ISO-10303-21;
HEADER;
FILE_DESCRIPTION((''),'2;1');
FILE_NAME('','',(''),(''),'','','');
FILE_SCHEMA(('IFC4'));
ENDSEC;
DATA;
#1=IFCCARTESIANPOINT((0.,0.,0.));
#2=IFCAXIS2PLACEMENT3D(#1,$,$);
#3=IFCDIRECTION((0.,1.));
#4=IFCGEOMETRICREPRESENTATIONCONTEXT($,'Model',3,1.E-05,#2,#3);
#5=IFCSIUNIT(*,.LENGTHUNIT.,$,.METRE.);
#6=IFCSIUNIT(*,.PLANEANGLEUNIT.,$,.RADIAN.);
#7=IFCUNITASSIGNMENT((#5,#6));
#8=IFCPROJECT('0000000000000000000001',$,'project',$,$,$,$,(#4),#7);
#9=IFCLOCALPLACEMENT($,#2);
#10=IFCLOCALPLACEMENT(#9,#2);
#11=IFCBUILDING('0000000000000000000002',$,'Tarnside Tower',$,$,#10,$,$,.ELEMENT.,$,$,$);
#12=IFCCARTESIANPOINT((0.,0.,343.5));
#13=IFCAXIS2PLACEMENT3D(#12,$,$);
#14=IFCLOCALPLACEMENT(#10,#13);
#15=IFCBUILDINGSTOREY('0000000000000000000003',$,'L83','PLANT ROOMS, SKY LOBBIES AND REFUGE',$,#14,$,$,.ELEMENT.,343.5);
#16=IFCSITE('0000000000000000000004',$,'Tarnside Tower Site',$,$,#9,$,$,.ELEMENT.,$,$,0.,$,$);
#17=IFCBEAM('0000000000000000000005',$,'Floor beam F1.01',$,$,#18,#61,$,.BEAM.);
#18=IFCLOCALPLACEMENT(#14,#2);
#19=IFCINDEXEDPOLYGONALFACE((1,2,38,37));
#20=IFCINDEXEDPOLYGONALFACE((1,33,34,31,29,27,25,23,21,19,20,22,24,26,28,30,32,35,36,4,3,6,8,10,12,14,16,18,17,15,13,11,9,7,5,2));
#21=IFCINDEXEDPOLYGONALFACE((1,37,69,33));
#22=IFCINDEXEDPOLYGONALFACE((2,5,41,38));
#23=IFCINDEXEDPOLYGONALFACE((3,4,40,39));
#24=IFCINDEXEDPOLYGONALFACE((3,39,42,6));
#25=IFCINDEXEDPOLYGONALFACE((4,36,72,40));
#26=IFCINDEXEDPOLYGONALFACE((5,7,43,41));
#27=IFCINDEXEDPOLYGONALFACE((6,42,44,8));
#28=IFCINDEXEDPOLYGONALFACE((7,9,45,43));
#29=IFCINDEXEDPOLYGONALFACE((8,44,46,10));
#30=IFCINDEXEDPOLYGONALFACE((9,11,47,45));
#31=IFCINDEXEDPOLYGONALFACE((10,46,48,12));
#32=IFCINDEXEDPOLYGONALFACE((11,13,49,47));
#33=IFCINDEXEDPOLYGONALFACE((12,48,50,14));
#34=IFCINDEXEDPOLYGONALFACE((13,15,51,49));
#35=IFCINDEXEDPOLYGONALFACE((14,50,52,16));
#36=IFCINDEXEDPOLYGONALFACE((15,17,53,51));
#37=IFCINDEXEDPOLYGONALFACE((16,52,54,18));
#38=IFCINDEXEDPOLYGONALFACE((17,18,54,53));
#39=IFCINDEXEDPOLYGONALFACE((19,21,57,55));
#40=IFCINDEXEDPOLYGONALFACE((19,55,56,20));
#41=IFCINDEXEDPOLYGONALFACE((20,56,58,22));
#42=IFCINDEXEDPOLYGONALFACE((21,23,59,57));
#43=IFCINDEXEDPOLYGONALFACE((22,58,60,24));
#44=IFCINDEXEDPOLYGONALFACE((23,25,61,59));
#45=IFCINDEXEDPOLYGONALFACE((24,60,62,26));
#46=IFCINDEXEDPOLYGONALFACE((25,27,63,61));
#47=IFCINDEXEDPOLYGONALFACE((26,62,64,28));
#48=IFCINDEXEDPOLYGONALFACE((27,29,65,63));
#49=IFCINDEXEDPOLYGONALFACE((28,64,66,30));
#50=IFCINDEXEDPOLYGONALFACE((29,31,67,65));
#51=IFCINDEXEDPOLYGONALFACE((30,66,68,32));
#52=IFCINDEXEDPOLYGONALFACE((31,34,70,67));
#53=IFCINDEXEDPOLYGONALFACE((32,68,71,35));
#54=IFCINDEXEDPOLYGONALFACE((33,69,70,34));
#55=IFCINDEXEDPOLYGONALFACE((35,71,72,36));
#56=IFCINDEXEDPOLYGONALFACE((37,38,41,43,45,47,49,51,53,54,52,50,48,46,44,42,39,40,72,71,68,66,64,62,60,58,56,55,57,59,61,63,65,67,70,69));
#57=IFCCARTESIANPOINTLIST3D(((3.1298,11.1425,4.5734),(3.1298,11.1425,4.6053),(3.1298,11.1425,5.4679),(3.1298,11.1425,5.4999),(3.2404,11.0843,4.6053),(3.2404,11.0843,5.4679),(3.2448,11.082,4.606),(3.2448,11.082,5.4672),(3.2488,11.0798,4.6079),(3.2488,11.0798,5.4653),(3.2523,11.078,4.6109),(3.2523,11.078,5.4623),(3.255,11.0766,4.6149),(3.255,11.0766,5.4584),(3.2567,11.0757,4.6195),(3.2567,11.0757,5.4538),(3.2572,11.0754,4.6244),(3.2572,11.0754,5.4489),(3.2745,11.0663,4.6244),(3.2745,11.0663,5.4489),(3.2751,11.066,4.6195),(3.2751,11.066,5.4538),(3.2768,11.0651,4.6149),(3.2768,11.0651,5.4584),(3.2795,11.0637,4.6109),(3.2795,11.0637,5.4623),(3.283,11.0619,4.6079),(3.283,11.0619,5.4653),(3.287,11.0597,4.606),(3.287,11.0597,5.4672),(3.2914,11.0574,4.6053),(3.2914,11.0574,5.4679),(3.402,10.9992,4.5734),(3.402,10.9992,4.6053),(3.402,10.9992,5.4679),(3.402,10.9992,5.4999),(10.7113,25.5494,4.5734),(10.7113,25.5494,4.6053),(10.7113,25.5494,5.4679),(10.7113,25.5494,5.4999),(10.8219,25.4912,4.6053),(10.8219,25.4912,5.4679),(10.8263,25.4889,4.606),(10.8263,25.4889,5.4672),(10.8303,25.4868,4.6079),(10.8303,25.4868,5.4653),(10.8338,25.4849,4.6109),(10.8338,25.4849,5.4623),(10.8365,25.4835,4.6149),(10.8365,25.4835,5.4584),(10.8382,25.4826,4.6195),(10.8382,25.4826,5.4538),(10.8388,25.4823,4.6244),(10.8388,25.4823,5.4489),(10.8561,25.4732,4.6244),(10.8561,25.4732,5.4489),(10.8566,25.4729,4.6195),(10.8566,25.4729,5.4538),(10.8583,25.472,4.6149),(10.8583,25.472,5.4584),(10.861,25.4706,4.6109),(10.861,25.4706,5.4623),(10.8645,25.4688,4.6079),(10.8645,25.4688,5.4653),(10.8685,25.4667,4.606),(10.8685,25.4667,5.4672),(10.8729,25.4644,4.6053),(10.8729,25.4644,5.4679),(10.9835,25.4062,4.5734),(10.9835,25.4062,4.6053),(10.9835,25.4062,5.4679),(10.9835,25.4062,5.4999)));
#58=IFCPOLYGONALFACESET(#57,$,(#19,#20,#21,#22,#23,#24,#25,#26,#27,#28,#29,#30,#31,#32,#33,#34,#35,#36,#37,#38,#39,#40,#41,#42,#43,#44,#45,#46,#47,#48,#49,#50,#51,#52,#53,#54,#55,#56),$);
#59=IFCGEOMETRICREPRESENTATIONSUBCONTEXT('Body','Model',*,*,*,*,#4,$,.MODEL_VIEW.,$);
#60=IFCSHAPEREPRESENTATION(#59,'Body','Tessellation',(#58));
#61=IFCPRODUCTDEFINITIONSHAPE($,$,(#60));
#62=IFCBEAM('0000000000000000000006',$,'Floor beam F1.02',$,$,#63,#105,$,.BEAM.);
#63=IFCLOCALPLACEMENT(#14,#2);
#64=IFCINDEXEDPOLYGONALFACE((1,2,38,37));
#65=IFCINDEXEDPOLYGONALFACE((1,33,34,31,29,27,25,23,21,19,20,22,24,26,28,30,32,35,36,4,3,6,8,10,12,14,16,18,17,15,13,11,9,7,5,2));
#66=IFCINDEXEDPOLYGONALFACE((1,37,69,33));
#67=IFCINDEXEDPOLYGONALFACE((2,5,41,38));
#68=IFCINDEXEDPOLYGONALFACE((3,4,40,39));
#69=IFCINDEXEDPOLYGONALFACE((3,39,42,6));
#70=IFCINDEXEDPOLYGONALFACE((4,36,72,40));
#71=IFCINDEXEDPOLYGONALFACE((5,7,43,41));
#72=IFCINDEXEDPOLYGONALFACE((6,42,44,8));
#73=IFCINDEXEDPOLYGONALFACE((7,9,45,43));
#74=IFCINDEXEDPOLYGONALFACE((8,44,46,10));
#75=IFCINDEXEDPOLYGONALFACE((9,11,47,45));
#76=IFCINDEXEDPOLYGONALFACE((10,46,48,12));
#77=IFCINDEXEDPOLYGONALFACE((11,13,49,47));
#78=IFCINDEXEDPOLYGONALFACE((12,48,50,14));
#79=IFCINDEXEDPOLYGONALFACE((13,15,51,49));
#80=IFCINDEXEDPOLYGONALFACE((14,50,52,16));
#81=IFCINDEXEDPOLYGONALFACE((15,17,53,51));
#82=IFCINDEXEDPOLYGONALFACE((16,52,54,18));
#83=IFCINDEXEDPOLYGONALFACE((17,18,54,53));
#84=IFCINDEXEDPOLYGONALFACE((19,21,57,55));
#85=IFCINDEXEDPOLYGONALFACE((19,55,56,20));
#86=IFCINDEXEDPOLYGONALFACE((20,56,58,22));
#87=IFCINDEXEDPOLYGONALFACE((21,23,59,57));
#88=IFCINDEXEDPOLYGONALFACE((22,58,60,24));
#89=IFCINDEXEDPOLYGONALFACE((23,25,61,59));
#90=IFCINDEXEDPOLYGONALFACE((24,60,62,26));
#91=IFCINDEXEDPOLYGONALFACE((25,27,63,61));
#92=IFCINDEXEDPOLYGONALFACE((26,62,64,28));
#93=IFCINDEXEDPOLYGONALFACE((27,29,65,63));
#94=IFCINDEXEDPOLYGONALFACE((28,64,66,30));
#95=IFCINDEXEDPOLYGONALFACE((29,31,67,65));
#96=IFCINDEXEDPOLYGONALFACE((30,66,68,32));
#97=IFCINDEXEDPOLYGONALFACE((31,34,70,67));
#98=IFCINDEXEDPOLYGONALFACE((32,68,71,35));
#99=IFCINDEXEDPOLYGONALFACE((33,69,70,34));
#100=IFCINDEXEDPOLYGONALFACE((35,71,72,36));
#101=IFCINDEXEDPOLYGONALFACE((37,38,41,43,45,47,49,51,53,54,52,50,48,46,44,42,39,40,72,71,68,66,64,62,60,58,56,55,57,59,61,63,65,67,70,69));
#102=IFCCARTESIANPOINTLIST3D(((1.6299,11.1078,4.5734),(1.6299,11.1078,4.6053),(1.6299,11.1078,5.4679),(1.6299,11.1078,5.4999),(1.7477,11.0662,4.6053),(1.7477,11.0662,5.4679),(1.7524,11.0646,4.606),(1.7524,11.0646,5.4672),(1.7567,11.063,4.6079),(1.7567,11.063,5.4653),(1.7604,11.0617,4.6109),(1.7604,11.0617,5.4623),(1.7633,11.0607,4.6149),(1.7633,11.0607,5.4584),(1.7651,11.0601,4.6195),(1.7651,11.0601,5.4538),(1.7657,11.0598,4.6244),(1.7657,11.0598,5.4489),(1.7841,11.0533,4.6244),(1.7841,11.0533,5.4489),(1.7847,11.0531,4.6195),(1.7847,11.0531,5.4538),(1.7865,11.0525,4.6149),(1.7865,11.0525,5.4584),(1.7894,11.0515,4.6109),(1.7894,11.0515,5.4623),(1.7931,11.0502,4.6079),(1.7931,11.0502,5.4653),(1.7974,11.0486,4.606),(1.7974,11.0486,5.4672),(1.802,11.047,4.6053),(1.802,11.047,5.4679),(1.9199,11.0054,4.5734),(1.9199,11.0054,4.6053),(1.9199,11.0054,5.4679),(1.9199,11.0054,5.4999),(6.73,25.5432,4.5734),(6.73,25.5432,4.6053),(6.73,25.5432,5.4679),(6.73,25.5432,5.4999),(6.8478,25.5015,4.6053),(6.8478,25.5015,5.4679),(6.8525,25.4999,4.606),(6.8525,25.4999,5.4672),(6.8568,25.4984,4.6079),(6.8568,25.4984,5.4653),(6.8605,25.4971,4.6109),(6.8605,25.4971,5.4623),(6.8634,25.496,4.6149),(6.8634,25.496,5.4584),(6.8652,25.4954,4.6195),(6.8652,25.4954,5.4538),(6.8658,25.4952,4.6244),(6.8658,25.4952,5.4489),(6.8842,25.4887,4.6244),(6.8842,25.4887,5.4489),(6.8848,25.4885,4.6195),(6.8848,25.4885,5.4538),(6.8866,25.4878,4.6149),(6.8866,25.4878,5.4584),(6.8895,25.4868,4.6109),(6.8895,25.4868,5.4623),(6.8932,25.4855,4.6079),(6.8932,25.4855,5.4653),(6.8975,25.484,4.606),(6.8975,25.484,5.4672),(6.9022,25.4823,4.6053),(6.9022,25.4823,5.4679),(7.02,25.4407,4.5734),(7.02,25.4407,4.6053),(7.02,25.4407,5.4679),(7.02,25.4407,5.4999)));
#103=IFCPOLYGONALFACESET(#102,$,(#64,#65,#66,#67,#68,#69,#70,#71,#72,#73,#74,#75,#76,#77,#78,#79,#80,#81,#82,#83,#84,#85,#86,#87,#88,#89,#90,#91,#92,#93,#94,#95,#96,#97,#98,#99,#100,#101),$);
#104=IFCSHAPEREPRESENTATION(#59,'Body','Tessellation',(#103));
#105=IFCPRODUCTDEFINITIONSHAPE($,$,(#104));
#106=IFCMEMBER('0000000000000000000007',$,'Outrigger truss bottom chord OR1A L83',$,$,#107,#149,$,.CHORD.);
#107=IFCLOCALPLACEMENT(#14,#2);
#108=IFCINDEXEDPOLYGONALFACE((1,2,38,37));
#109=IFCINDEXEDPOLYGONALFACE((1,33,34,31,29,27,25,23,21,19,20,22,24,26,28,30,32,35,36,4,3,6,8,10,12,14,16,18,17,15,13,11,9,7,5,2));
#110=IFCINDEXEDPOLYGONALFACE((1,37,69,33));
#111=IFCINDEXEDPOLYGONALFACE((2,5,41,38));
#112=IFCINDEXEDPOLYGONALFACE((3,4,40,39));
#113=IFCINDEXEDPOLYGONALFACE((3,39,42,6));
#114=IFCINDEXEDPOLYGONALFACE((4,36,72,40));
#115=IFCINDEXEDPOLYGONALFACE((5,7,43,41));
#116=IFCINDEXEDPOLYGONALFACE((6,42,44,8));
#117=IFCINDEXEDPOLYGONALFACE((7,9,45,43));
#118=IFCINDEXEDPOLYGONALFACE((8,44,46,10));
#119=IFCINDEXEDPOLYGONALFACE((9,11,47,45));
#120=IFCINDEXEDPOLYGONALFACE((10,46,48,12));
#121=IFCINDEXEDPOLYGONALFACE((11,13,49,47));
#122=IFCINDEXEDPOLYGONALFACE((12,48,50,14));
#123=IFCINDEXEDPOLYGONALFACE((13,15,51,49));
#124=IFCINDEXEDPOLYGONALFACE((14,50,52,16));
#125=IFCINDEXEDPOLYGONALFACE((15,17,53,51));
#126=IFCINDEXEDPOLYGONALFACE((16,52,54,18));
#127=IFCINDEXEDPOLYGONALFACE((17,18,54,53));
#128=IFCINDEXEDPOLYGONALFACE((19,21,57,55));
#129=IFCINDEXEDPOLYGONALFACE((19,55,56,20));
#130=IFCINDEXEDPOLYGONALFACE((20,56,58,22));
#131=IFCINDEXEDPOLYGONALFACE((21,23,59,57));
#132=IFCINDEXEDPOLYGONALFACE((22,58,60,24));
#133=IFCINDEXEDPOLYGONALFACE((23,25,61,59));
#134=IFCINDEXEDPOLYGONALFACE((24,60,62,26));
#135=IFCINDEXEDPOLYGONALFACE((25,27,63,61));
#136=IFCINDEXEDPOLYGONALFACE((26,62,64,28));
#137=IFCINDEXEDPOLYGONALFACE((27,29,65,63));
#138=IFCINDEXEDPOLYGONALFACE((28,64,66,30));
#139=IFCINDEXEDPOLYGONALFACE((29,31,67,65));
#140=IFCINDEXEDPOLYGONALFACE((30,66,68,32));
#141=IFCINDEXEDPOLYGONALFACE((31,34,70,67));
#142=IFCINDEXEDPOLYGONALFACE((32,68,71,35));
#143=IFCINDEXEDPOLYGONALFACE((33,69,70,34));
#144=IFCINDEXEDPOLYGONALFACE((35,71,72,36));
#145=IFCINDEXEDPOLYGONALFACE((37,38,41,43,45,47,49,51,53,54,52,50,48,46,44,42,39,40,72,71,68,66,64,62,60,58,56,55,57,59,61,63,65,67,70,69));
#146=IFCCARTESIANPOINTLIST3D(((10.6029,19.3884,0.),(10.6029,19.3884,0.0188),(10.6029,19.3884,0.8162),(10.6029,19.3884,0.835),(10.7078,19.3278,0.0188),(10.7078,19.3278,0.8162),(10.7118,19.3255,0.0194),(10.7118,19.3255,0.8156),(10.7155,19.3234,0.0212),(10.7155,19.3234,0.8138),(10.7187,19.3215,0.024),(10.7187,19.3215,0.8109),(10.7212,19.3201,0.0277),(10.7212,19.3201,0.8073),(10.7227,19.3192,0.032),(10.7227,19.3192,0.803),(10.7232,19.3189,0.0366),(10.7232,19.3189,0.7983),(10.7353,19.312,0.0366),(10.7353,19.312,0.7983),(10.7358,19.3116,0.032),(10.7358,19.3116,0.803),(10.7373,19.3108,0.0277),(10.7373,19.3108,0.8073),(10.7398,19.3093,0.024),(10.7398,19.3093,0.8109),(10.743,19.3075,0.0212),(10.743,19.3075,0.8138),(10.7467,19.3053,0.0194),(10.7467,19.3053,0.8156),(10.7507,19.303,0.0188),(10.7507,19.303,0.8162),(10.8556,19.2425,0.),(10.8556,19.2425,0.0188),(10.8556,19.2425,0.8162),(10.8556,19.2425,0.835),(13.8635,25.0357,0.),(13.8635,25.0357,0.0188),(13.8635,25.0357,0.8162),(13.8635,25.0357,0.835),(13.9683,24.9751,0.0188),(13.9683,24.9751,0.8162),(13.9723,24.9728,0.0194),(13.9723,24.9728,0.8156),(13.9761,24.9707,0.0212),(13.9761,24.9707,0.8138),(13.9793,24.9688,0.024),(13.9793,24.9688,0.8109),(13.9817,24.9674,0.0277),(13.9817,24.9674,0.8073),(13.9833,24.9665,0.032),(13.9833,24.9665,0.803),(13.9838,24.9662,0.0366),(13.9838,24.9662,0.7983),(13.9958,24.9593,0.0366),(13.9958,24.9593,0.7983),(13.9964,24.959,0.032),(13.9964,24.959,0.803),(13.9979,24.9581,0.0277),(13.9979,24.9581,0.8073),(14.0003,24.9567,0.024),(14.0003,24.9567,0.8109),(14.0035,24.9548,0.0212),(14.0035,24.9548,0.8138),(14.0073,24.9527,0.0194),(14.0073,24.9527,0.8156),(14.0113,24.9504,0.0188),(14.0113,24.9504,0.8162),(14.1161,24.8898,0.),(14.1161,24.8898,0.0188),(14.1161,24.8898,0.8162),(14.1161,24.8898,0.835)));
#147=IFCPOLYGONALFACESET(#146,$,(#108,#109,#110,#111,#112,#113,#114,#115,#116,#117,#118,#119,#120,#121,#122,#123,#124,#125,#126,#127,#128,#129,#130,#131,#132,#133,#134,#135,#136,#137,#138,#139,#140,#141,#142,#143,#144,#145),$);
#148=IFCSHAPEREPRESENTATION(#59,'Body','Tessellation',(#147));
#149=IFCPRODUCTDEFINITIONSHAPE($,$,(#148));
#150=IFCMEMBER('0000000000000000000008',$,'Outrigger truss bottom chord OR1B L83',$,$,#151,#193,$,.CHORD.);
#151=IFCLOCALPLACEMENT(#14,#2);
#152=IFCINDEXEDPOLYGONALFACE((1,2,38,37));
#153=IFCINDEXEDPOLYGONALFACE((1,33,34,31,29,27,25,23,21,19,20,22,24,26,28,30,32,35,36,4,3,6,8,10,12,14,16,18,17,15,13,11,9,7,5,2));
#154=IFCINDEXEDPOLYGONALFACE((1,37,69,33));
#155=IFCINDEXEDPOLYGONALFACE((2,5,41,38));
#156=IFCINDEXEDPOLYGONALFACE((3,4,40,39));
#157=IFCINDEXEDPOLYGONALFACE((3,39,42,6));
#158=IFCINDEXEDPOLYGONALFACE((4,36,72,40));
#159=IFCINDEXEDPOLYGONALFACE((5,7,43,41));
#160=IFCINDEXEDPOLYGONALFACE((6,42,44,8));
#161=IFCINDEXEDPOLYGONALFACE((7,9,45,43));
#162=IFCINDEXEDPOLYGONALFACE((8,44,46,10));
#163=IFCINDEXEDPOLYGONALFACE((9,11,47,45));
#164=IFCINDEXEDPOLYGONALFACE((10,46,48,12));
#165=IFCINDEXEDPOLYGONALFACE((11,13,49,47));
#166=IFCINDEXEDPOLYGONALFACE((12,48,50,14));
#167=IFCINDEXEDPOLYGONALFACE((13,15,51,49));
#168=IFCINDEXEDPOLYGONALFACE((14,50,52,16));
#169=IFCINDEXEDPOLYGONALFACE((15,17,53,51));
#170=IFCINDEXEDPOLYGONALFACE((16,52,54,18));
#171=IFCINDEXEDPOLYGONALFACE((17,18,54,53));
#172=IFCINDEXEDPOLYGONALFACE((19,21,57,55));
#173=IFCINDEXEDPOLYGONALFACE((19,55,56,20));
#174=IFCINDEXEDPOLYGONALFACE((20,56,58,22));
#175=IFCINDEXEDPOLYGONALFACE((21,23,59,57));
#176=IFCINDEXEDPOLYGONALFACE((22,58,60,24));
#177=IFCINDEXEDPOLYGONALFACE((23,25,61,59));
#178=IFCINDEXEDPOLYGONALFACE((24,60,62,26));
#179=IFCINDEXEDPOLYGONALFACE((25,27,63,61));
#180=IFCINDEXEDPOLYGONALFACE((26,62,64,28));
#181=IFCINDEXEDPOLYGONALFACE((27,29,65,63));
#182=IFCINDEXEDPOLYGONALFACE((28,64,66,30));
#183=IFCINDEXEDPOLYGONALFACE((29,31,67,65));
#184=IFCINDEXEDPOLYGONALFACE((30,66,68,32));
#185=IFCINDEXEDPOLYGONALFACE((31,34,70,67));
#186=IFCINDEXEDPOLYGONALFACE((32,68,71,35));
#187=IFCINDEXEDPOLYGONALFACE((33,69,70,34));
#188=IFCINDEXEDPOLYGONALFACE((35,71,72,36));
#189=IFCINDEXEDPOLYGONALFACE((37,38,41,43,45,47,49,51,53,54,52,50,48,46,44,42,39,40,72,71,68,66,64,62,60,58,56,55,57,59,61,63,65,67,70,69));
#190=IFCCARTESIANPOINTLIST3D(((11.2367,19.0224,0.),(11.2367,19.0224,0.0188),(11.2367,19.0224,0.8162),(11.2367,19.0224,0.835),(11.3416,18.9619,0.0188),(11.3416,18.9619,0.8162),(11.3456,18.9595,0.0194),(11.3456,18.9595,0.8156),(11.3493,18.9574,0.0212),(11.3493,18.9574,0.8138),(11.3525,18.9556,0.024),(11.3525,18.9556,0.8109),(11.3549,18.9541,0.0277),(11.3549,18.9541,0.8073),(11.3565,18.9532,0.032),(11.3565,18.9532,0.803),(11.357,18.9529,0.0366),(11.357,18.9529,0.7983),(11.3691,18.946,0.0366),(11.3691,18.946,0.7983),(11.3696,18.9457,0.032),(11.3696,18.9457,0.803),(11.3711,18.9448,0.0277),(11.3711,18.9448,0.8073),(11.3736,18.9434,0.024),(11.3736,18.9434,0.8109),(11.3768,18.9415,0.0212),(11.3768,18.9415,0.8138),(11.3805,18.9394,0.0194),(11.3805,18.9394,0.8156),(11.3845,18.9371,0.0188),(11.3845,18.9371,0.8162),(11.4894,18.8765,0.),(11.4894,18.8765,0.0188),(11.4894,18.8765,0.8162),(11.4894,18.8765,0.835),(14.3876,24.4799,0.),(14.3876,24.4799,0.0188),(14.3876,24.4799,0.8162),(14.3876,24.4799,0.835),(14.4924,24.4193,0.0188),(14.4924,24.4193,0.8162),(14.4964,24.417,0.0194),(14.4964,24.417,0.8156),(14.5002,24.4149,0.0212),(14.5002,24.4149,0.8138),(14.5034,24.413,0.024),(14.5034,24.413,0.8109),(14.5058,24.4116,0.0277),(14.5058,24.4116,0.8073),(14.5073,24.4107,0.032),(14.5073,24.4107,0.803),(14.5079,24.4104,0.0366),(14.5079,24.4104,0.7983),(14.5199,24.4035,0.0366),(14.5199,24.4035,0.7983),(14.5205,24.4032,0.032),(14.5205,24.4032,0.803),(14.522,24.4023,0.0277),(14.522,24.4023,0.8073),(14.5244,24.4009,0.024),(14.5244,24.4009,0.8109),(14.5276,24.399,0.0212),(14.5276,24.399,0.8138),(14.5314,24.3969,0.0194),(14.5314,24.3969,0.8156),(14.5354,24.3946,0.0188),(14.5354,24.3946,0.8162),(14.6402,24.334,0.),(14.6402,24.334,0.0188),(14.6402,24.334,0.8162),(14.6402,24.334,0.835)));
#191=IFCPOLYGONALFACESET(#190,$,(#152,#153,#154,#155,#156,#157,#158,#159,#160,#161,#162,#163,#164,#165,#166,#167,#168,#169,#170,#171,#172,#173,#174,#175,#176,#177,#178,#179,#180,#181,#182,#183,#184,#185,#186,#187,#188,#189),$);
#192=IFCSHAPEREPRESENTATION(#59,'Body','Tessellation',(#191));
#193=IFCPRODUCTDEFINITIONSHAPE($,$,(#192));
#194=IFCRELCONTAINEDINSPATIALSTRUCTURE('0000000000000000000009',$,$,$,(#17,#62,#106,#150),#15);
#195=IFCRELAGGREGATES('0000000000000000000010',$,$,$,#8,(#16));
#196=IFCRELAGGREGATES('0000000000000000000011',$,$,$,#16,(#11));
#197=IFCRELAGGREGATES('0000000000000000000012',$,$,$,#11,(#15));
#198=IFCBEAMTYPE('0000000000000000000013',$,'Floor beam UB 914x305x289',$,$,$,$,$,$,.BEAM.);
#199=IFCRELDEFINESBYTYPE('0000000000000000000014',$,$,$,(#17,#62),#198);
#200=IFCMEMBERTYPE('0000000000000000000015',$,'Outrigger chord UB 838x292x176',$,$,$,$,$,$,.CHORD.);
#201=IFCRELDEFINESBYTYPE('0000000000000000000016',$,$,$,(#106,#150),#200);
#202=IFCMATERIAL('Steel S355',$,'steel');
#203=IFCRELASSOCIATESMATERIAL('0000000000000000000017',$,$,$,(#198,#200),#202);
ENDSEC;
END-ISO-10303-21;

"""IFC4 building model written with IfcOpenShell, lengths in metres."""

from ifc_helpers import new_model, si_unit, direction, frame, origin, origin_2d, place, context, subcontext, project, spatial, i_section, extrude, material, material_profile, profile_set, type_object, element, save


model = new_model("IFC4")

# Units and contexts
model_context = context("Model", 3, precision=1e-05, world=origin(), true_north=direction((0.0, 1.0)))
body_context = subcontext(model_context, "Body", "Model", "MODEL_VIEW")
ifc_project = project(units=[si_unit("LENGTHUNIT", "METRE"), si_unit("PLANEANGLEUNIT", "RADIAN")], contexts=[model_context])

# Site, building, storey
site_placement = place(None, origin())
site = spatial("IfcSite", under=ifc_project, at=site_placement, Name="Tarnside Tower Site", CompositionType="ELEMENT", RefElevation=0.0)
building_placement = place(site_placement, origin())
building = spatial("IfcBuilding", under=site, at=building_placement, Name="Tarnside Tower", CompositionType="ELEMENT")
storey_placement = place(building_placement, frame((0.0, 0.0, 343.5)))
storey = spatial("IfcBuildingStorey", under=building, at=storey_placement, Name="L83", Description="PLANT ROOMS, SKY LOBBIES AND REFUGE", CompositionType="ELEMENT", Elevation=343.5)

# Beams
ifc_material_1 = material(Name="Steel S355", Category="steel")
ifc_material_profile_1 = material_profile(ifc_material_1, i_section(OverallWidth=0.3076, OverallDepth=0.9265, WebThickness=0.0195, FlangeThickness=0.032, FilletRadius=0.019, at=origin_2d()), Name="UB 914x305x289")
ifc_profile_set_1 = profile_set([ifc_material_profile_1], Name="Steel S355")
beam_type = type_object("IfcBeamType", Name="Floor beam UB 914x305x289", PredefinedType="BEAM", material=ifc_profile_set_1)
beam_1_placement = place(storey_placement, frame((10.8474, 25.4778, 5.0366), z_axis=(-0.465695, -0.884946, 0.0), x_axis=(0.884946, -0.465695, 0.0)))
element("IfcBeam", 1, at=beam_1_placement, inside=storey, type_object=beam_type, Name="Floor beam F1.01", PredefinedType="BEAM", context=body_context, shape_type="SweptSolid", body=[
    extrude(i_section(OverallWidth=0.3076, OverallDepth=0.9265, WebThickness=0.0195, FlangeThickness=0.032, FilletRadius=0.019, at=origin_2d()), origin(), (0.0, 0.0, 1.0), 16.28),
])
beam_2_placement = place(storey_placement, frame((6.875, 25.4919, 5.0366), z_axis=(-0.333127, -0.942882, 0.0), x_axis=(0.942882, -0.333127, 0.0)))
element("IfcBeam", 2, at=beam_2_placement, inside=storey, type_object=beam_type, Name="Floor beam F1.02", PredefinedType="BEAM", context=body_context, shape_type="SweptSolid", body=[
    extrude(i_section(OverallWidth=0.3076, OverallDepth=0.9265, WebThickness=0.0195, FlangeThickness=0.032, FilletRadius=0.019, at=origin_2d()), origin(), (0.0, 0.0, 1.0), 15.3098),
])

# Members
ifc_material_profile_2 = material_profile(ifc_material_1, i_section(OverallWidth=0.2917, OverallDepth=0.835, WebThickness=0.0139, FlangeThickness=0.0188, FilletRadius=0.0178, at=origin_2d()), Name="UB 838x292x176")
ifc_profile_set_2 = profile_set([ifc_material_profile_2], Name="Steel S355")
member_type_1 = type_object("IfcMemberType", Name="Outrigger chord UB 838x292x176", PredefinedType="CHORD", material=ifc_profile_set_2)
member_1_placement = place(storey_placement, frame((10.7292, 19.3154, 0.4175), z_axis=(0.500009, 0.86602, 0.0), x_axis=(-0.86602, 0.500009, 0.0)))
element("IfcMember", 3, at=member_1_placement, inside=storey, type_object=member_type_1, Name="Outrigger truss bottom chord OR1A L83", PredefinedType="CHORD", context=body_context, shape_type="SweptSolid", body=[
    extrude(i_section(OverallWidth=0.2917, OverallDepth=0.835, WebThickness=0.0139, FlangeThickness=0.0188, FilletRadius=0.0178, at=origin_2d()), origin(), (0.0, 0.0, 1.0), 6.521),
])
member_2_placement = place(storey_placement, frame((11.363, 18.9495, 0.4175), z_axis=(0.499997, 0.866027, 0.0), x_axis=(-0.866027, 0.499997, 0.0)))
element("IfcMember", 4, at=member_2_placement, inside=storey, type_object=member_type_1, Name="Outrigger truss bottom chord OR1B L83", PredefinedType="CHORD", context=body_context, shape_type="SweptSolid", body=[
    extrude(i_section(OverallWidth=0.2917, OverallDepth=0.835, WebThickness=0.0139, FlangeThickness=0.0188, FilletRadius=0.0178, at=origin_2d()), origin(), (0.0, 0.0, 1.0), 6.3018),
])

save(model, "model.ifc")
